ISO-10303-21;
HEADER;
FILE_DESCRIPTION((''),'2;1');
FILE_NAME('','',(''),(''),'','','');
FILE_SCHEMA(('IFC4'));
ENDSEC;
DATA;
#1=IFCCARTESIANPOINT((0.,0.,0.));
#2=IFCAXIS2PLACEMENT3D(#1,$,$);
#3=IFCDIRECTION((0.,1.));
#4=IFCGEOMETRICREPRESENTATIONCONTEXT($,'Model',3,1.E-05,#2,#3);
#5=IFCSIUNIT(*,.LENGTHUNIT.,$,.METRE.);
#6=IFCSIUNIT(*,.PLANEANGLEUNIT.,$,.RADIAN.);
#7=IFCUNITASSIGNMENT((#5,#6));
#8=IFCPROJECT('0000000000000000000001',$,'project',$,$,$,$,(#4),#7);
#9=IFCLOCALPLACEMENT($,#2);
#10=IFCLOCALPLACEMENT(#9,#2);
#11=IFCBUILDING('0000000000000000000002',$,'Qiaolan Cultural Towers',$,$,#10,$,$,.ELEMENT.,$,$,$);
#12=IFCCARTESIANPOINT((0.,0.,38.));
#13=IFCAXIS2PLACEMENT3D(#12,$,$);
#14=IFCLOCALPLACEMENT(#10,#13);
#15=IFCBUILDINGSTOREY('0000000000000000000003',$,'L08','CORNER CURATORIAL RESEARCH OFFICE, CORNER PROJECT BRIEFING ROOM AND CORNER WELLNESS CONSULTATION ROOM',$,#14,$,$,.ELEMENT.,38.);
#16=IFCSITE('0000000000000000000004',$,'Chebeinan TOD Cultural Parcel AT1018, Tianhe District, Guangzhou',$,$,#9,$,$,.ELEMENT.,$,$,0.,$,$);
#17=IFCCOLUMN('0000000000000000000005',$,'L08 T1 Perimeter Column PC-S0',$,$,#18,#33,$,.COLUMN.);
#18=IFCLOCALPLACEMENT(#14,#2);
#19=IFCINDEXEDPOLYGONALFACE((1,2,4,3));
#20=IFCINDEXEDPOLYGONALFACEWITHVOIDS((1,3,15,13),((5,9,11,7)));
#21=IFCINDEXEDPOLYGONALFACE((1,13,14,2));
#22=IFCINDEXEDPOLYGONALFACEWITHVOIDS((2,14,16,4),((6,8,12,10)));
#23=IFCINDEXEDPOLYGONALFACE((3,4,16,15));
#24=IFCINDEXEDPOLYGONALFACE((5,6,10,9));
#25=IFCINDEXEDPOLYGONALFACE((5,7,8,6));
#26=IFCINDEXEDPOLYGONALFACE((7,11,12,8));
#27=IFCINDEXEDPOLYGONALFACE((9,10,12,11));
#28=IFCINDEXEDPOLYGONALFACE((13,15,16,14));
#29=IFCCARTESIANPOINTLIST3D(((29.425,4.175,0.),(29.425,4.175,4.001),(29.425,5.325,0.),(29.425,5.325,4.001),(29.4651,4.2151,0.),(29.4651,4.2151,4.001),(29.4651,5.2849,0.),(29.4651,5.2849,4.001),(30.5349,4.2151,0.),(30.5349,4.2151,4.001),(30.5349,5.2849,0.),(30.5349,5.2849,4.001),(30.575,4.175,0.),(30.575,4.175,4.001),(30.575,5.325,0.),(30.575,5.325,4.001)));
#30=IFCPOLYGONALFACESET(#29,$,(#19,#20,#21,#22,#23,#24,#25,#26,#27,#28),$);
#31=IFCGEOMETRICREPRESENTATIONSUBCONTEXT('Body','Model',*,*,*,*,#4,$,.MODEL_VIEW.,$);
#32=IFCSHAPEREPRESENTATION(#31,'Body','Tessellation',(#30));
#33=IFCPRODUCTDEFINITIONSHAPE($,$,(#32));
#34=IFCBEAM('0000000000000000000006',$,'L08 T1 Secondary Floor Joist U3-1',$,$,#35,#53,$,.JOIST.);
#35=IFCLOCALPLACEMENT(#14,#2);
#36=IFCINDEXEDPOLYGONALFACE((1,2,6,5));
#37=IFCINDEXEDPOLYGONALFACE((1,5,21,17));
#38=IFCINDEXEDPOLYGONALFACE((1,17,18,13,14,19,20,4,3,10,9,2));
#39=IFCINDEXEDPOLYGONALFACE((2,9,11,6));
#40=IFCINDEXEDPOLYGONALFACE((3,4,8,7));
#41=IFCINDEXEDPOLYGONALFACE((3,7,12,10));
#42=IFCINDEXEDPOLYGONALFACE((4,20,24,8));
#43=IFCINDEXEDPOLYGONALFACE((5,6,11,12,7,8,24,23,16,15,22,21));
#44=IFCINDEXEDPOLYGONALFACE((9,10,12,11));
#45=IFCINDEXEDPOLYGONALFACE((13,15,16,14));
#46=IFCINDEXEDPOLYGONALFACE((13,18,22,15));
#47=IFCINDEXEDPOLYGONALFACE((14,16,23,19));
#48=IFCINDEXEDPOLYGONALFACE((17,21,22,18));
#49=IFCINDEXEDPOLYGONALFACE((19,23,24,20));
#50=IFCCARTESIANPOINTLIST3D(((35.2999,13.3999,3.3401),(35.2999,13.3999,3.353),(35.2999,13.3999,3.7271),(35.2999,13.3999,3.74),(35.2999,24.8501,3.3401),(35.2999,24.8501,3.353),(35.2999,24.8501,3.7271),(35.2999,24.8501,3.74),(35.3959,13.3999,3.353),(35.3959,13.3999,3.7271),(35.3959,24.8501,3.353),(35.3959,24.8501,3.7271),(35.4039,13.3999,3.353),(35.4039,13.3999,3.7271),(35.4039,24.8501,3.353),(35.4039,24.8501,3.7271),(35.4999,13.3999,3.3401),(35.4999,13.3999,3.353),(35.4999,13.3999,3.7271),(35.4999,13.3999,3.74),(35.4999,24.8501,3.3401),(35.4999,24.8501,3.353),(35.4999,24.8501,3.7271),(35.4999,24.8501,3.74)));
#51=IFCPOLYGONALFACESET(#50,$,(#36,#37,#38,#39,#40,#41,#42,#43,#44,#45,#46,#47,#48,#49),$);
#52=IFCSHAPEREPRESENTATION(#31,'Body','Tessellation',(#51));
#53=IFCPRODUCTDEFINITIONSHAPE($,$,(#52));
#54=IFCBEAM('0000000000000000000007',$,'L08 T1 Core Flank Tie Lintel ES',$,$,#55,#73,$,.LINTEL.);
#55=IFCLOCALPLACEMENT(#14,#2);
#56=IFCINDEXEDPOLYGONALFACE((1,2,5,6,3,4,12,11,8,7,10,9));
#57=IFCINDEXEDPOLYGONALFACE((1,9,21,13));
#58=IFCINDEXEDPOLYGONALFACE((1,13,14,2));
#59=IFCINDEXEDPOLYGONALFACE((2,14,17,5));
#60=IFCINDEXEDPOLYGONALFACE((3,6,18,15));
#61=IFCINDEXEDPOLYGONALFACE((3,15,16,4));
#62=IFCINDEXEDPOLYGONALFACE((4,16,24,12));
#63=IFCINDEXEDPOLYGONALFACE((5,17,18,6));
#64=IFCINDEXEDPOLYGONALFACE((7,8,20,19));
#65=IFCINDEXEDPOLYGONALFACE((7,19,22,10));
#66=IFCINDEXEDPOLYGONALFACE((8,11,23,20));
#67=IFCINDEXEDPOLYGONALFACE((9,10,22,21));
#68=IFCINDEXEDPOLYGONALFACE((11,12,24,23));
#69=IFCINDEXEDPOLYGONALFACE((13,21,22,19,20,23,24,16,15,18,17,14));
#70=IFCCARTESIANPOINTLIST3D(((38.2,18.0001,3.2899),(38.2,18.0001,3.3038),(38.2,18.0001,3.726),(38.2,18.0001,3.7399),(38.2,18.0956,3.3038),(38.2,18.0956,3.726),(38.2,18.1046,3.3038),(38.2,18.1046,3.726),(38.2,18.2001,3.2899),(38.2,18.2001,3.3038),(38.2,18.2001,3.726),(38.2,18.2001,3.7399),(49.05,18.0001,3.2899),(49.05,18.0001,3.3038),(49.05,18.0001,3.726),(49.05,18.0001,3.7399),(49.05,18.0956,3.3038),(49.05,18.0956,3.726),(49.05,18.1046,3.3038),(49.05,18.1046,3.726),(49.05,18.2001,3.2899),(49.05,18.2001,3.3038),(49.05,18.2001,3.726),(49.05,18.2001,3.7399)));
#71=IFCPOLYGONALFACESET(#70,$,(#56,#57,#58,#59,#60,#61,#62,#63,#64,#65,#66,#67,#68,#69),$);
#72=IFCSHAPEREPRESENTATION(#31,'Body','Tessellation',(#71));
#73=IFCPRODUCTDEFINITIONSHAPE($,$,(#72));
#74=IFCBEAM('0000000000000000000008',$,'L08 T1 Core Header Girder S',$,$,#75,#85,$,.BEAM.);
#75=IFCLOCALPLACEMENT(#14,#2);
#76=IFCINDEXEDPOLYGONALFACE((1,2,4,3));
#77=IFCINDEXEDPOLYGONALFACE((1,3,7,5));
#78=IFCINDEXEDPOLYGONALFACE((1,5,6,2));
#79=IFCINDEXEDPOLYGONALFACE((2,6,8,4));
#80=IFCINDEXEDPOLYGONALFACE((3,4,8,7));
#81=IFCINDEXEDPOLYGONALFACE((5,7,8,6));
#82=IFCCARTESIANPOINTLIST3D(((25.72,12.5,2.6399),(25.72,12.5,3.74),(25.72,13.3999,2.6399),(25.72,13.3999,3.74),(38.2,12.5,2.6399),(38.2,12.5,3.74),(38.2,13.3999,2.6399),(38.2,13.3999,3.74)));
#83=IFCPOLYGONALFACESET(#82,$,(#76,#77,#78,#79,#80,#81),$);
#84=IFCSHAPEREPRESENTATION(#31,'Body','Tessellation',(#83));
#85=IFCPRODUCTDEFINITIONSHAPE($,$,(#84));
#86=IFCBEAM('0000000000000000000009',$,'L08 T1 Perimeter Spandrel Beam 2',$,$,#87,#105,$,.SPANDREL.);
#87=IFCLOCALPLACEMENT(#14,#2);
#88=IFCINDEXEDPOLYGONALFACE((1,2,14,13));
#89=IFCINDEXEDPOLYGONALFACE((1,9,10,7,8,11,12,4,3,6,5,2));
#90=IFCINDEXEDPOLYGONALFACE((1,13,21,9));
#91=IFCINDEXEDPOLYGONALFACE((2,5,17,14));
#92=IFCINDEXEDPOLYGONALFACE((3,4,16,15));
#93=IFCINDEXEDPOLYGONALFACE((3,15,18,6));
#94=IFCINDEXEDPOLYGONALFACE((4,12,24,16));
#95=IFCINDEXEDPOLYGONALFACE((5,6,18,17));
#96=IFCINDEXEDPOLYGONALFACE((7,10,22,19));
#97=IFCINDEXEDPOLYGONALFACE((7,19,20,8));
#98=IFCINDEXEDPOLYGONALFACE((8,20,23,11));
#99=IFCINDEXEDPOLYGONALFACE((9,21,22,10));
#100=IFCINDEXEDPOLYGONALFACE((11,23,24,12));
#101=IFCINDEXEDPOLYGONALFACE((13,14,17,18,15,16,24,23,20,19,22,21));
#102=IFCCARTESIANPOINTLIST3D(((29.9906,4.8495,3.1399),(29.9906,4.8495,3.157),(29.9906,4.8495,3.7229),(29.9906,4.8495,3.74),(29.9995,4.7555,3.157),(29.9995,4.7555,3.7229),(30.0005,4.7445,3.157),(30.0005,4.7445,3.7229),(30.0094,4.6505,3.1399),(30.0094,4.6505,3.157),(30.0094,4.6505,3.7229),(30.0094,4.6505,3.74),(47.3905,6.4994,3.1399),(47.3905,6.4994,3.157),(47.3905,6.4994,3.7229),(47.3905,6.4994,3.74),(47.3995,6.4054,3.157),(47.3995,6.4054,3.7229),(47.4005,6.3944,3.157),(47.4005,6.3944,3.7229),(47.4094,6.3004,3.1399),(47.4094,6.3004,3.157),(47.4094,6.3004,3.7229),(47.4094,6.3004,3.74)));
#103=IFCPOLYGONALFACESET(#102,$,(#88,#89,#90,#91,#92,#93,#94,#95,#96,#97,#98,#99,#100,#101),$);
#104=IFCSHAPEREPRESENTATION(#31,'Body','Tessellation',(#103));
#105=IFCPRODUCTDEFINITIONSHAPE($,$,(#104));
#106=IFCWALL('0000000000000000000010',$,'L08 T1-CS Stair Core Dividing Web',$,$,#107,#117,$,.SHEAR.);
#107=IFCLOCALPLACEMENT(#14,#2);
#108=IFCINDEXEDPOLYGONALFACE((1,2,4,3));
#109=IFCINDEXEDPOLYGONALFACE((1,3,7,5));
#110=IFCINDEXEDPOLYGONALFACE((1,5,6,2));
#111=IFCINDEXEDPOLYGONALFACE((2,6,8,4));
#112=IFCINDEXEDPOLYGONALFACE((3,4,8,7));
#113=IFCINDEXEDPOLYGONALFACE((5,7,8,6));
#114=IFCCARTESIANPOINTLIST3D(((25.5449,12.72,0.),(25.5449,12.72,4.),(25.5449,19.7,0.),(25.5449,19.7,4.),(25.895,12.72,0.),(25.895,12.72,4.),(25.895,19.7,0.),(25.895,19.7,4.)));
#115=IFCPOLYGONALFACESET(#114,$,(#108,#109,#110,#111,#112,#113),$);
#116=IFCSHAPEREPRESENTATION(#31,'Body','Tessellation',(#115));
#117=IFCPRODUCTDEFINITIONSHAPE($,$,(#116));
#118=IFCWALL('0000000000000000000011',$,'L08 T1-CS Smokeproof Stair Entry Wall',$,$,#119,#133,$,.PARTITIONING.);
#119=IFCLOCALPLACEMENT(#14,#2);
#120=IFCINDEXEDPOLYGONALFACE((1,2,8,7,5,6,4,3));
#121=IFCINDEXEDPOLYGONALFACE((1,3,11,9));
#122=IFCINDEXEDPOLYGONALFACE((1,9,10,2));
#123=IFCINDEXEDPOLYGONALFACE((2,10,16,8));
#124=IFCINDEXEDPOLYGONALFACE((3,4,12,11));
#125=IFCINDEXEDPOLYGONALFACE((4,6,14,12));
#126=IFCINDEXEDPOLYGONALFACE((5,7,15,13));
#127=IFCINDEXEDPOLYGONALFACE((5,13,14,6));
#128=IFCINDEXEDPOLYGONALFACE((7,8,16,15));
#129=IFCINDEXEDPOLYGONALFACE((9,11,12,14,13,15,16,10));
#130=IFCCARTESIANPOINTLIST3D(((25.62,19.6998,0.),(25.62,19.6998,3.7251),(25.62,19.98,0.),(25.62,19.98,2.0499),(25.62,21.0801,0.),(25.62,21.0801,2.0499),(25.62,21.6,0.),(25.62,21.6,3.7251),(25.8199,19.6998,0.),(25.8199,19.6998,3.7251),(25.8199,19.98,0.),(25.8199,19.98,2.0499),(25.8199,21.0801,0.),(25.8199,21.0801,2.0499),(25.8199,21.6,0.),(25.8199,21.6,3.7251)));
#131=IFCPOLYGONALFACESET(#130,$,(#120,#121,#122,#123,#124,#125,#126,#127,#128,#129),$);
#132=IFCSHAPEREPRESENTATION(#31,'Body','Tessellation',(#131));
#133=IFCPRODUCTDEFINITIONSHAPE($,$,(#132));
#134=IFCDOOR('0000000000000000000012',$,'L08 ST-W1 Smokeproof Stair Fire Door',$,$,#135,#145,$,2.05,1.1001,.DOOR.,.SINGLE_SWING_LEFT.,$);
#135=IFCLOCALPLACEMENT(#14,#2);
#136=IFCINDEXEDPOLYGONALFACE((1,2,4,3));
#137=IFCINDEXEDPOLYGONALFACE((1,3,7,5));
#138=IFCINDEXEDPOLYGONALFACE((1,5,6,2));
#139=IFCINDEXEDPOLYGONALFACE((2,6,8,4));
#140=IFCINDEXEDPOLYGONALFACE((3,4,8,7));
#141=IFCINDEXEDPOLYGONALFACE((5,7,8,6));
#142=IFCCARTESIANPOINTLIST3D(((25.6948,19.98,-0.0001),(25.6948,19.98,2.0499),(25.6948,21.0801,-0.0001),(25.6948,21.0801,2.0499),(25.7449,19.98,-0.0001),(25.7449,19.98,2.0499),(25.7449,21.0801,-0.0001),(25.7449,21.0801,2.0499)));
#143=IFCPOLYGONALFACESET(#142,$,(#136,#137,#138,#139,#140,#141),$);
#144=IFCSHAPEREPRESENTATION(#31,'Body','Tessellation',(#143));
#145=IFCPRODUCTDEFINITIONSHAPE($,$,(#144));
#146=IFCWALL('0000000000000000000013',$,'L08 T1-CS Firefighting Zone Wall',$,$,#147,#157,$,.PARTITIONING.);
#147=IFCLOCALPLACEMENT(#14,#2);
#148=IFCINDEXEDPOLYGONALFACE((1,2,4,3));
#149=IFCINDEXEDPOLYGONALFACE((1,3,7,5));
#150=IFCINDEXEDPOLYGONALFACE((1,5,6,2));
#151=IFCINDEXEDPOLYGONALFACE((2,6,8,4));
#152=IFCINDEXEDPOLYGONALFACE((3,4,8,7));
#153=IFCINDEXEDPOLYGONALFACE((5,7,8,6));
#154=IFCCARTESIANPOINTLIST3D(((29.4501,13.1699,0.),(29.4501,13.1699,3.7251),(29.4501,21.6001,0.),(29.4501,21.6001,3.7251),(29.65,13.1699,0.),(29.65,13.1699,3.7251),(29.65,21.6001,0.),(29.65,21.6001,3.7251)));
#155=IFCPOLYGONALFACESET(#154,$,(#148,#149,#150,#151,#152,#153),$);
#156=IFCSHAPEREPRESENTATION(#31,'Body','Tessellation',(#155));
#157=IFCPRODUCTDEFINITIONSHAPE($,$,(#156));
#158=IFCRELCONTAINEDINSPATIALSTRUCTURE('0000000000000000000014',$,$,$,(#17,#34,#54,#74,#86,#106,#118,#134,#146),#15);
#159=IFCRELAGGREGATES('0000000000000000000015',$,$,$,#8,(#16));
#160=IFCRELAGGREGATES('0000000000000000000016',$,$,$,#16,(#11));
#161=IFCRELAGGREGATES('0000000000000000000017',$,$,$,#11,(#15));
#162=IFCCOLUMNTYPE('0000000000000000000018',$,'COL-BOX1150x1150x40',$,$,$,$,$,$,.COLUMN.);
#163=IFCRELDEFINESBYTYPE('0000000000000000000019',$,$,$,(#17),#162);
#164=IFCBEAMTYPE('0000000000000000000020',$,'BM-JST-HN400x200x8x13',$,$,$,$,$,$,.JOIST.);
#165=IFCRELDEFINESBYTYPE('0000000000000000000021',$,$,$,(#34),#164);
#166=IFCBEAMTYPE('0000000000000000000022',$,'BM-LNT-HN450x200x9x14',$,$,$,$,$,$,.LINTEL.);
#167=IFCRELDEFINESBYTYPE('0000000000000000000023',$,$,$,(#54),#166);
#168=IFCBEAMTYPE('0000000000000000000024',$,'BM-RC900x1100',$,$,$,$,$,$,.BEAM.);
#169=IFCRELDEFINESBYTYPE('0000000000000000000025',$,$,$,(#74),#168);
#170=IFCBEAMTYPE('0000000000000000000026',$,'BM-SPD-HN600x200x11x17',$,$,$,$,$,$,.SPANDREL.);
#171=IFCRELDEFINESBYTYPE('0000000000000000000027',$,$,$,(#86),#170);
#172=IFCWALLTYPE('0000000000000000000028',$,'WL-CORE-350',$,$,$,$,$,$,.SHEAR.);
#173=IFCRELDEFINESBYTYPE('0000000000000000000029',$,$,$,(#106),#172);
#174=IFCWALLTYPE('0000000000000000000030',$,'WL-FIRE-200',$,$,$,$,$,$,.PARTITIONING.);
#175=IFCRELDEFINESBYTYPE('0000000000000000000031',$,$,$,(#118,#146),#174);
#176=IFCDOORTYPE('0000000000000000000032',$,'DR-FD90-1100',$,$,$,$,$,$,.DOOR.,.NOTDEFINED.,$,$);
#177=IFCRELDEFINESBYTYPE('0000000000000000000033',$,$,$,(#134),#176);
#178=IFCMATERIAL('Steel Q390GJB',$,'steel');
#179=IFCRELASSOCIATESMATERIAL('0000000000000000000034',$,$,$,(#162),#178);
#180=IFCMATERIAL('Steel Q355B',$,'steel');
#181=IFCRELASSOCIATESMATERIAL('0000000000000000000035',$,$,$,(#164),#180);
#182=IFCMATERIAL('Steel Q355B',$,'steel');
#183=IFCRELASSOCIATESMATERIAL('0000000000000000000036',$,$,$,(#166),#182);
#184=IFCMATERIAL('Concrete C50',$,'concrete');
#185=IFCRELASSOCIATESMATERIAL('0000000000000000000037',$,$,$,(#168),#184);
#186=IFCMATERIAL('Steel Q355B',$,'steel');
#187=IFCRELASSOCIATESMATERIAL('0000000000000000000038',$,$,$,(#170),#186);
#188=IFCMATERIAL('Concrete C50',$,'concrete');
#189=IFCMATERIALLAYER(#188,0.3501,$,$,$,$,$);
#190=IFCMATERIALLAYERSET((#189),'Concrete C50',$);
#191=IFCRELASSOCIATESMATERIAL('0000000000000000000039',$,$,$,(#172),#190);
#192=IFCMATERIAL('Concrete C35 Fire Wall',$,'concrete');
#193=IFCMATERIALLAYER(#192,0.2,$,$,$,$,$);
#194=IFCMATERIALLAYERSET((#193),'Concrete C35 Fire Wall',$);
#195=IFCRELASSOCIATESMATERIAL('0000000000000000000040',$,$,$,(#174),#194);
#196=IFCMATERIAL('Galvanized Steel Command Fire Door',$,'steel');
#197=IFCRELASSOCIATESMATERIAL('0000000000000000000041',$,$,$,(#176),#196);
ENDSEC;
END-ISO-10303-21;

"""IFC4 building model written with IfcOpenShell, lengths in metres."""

from ifc_helpers import new_model, si_unit, direction, frame, frame_2d, origin, origin_2d, place, context, subcontext, project, spatial, rectangle, hollow_rectangle, i_section, extrude, material, layer, layer_set, material_profile, profile_set, type_object, element, fill, save


model = new_model("IFC4")

# Units and contexts
model_context = context("Model", 3, precision=1e-05, world=origin(), true_north=direction((0.0, 1.0)))
body_context = subcontext(model_context, "Body", "Model", "MODEL_VIEW")
ifc_project = project(units=[si_unit("LENGTHUNIT", "METRE"), si_unit("PLANEANGLEUNIT", "RADIAN")], contexts=[model_context])

# Site, building, storey
site_placement = place(None, origin())
site = spatial("IfcSite", under=ifc_project, at=site_placement, Name="Chebeinan TOD Cultural Parcel AT1018, Tianhe District, Guangzhou", CompositionType="ELEMENT", RefElevation=0.0)
building_placement = place(site_placement, origin())
building = spatial("IfcBuilding", under=site, at=building_placement, Name="Qiaolan Cultural Towers", CompositionType="ELEMENT")
storey_placement = place(building_placement, frame((0.0, 0.0, 38.0)))
storey = spatial("IfcBuildingStorey", under=building, at=storey_placement, Name="L08", Description="CORNER CURATORIAL RESEARCH OFFICE, CORNER PROJECT BRIEFING ROOM AND CORNER WELLNESS CONSULTATION ROOM", CompositionType="ELEMENT", Elevation=38.0)

# Column
ifc_material_1 = material(Name="Steel Q390GJB", Category="steel")
ifc_material_profile_1 = material_profile(ifc_material_1, hollow_rectangle(XDim=1.1499, YDim=1.1499, WallThickness=0.04, at=origin_2d()), Name="BOX1150x1150x40")
ifc_profile_set_1 = profile_set([ifc_material_profile_1], Name="Steel Q390GJB")
column_type = type_object("IfcColumnType", Name="COL-BOX1150x1150x40", PredefinedType="COLUMN", material=ifc_profile_set_1)
column_placement = place(storey_placement, frame((30.0, 4.75, 0.0), z_axis=(0.0, 0.0, 1.0), x_axis=(1.0, 0.0, 0.0)))
element("IfcColumn", 1, at=column_placement, inside=storey, type_object=column_type, Name="L08 T1 Perimeter Column PC-S0", PredefinedType="COLUMN", context=body_context, shape_type="SweptSolid", body=[
    extrude(hollow_rectangle(XDim=1.1499, YDim=1.1499, WallThickness=0.04, at=origin_2d()), origin(), (0.0, 0.0, 1.0), 4.001),
])

# Beams
ifc_material_2 = material(Name="Steel Q355B", Category="steel")
ifc_material_profile_2 = material_profile(ifc_material_2, i_section(OverallWidth=0.2, OverallDepth=0.3999, WebThickness=0.0081, FlangeThickness=0.0129, at=origin_2d()), Name="HN400x200x8x13")
ifc_profile_set_2 = profile_set([ifc_material_profile_2], Name="Steel Q355B")
beam_type_1 = type_object("IfcBeamType", Name="BM-JST-HN400x200x8x13", PredefinedType="JOIST", material=ifc_profile_set_2)
beam_1_placement = place(storey_placement, frame((35.3999, 13.3999, 3.54), z_axis=(0.0, 1.0, 0.0), x_axis=(-1.0, 0.0, 0.0)))
element("IfcBeam", 2, at=beam_1_placement, inside=storey, type_object=beam_type_1, Name="L08 T1 Secondary Floor Joist U3-1", PredefinedType="JOIST", context=body_context, shape_type="SweptSolid", body=[
    extrude(i_section(OverallWidth=0.2, OverallDepth=0.3999, WebThickness=0.0081, FlangeThickness=0.0129, at=origin_2d()), origin(), (0.0, 0.0, 1.0), 11.4502),
])
ifc_material_3 = material(Name="Steel Q355B", Category="steel")
ifc_material_profile_3 = material_profile(ifc_material_3, i_section(OverallWidth=0.2, OverallDepth=0.45, WebThickness=0.009, FlangeThickness=0.0139, at=origin_2d()), Name="HN450x200x9x14")
ifc_profile_set_3 = profile_set([ifc_material_profile_3], Name="Steel Q355B")
beam_type_2 = type_object("IfcBeamType", Name="BM-LNT-HN450x200x9x14", PredefinedType="LINTEL", material=ifc_profile_set_3)
beam_2_placement = place(storey_placement, frame((38.2, 18.1001, 3.5149), z_axis=(1.0, 0.0, 0.0), x_axis=(0.0, 1.0, 0.0)))
element("IfcBeam", 3, at=beam_2_placement, inside=storey, type_object=beam_type_2, Name="L08 T1 Core Flank Tie Lintel ES", PredefinedType="LINTEL", context=body_context, shape_type="SweptSolid", body=[
    extrude(i_section(OverallWidth=0.2, OverallDepth=0.45, WebThickness=0.009, FlangeThickness=0.0139, at=origin_2d()), origin(), (0.0, 0.0, 1.0), 10.8501),
])
ifc_material_4 = material(Name="Concrete C50", Category="concrete")
ifc_material_profile_4 = material_profile(ifc_material_4, rectangle(XDim=0.8999, YDim=1.1001, at=origin_2d()), Name="RC900x1100")
ifc_profile_set_4 = profile_set([ifc_material_profile_4], Name="Concrete C50")
beam_type_3 = type_object("IfcBeamType", Name="BM-RC900x1100", PredefinedType="BEAM", material=ifc_profile_set_4)
beam_3_placement = place(storey_placement, frame((25.72, 12.95, 3.1899), z_axis=(1.0, 0.0, 0.0), x_axis=(0.0, 1.0, 0.0)))
element("IfcBeam", 4, at=beam_3_placement, inside=storey, type_object=beam_type_3, Name="L08 T1 Core Header Girder S", PredefinedType="BEAM", context=body_context, shape_type="SweptSolid", body=[
    extrude(rectangle(XDim=0.8999, YDim=1.1001, at=origin_2d()), origin(), (0.0, 0.0, 1.0), 12.48),
])
ifc_material_5 = material(Name="Steel Q355B", Category="steel")
ifc_material_profile_5 = material_profile(ifc_material_5, i_section(OverallWidth=0.2, OverallDepth=0.6001, WebThickness=0.011, FlangeThickness=0.0171, at=origin_2d()), Name="HN600x200x11x17")
ifc_profile_set_5 = profile_set([ifc_material_profile_5], Name="Steel Q355B")
beam_type_4 = type_object("IfcBeamType", Name="BM-SPD-HN600x200x11x17", PredefinedType="SPANDREL", material=ifc_profile_set_5)
beam_4_placement = place(storey_placement, frame((30.0, 4.75, 3.4399), z_axis=(0.995534, 0.094399, 0.0), x_axis=(-0.094399, 0.995534, 0.0)))
element("IfcBeam", 5, at=beam_4_placement, inside=storey, type_object=beam_type_4, Name="L08 T1 Perimeter Spandrel Beam 2", PredefinedType="SPANDREL", context=body_context, shape_type="SweptSolid", body=[
    extrude(i_section(OverallWidth=0.2, OverallDepth=0.6001, WebThickness=0.011, FlangeThickness=0.0171, at=origin_2d()), origin(), (0.0, 0.0, 1.0), 17.478),
])

# Wall
ifc_material_6 = material(Name="Concrete C50", Category="concrete")
ifc_layer_1 = layer(ifc_material_6, 0.3501)
ifc_layer_set_1 = layer_set([ifc_layer_1], Name="Concrete C50")
wall_type_1 = type_object("IfcWallType", Name="WL-CORE-350", PredefinedType="SHEAR", material=ifc_layer_set_1)
wall_1_placement = place(storey_placement, frame((25.72, 19.7, 0.0), z_axis=(0.0, 0.0, 1.0), x_axis=(0.0, -1.0, 0.0)))
element("IfcWall", 6, at=wall_1_placement, inside=storey, type_object=wall_type_1, Name="L08 T1-CS Stair Core Dividing Web", PredefinedType="SHEAR", context=body_context, shape_type="SweptSolid", body=[
    extrude(rectangle(XDim=6.98, YDim=0.3501, at=frame_2d((3.49, 0.0))), origin(), (0.0, 0.0, 1.0), 4.0),
])

# Wall, opening, door
ifc_material_7 = material(Name="Concrete C35 Fire Wall", Category="concrete")
ifc_layer_2 = layer(ifc_material_7, 0.2)
ifc_layer_set_2 = layer_set([ifc_layer_2], Name="Concrete C35 Fire Wall")
wall_type_2 = type_object("IfcWallType", Name="WL-FIRE-200", PredefinedType="PARTITIONING", material=ifc_layer_set_2)
wall_2_placement = place(storey_placement, frame((25.72, 21.6001, 0.0), z_axis=(0.0, 0.0, 1.0), x_axis=(0.0, -1.0, 0.0)))
wall_2 = element("IfcWall", 7, at=wall_2_placement, inside=storey, type_object=wall_type_2, Name="L08 T1-CS Smokeproof Stair Entry Wall", PredefinedType="PARTITIONING", context=body_context, shape_type="SweptSolid", body=[
    extrude(rectangle(XDim=1.9001, YDim=0.2, at=frame_2d((0.9502, 0.0))), origin(), (0.0, 0.0, 1.0), 3.7251),
])
opening_1_placement = place(wall_2_placement, frame((0.52, 0.0, 0.0)))
opening_1 = element("IfcOpeningElement", 8, at=opening_1_placement, cuts=wall_2, PredefinedType="OPENING", context=body_context, shape_type="SweptSolid", body=[
    extrude(rectangle(XDim=1.1001, YDim=2.05, at=frame_2d((0.55, 1.0249))), frame((0.0, 0.1099, 0.0), z_axis=(0.0, -1.0, 0.0), x_axis=(1.0, 0.0, 0.0)), (0.0, 0.0, 1.0), 0.22),
])
ifc_material_8 = material(Name="Galvanized Steel Command Fire Door", Category="steel")
door_type_1 = type_object("IfcDoorType", Name="DR-FD90-1100", OperationType="NOTDEFINED", PredefinedType="DOOR", material=ifc_material_8)
door_1_placement = place(opening_1_placement, origin())
door_1 = element("IfcDoor", 9, at=door_1_placement, inside=storey, type_object=door_type_1, Name="L08 ST-W1 Smokeproof Stair Fire Door", OperationType="SINGLE_SWING_LEFT", OverallHeight=2.05, OverallWidth=1.1001, PredefinedType="DOOR", context=body_context, shape_type="SweptSolid", body=[
    extrude(rectangle(XDim=1.1001, YDim=2.05, at=frame_2d((0.55, 1.0249))), frame((0.0, 0.0249, 0.0), z_axis=(0.0, -1.0, 0.0), x_axis=(1.0, 0.0, 0.0)), (0.0, 0.0, 1.0), 0.05),
])
fill(opening_1, door_1)

# Wall
wall_3_placement = place(storey_placement, frame((29.55, 21.6001, 0.0), z_axis=(0.0, 0.0, 1.0), x_axis=(0.0, -1.0, 0.0)))
element("IfcWall", 10, at=wall_3_placement, inside=storey, type_object=wall_type_2, Name="L08 T1-CS Firefighting Zone Wall", PredefinedType="PARTITIONING", context=body_context, shape_type="SweptSolid", body=[
    extrude(rectangle(XDim=8.4302, YDim=0.2, at=frame_2d((4.2151, 0.0))), origin(), (0.0, 0.0, 1.0), 3.7251),
])

save(model, "model.ifc")
